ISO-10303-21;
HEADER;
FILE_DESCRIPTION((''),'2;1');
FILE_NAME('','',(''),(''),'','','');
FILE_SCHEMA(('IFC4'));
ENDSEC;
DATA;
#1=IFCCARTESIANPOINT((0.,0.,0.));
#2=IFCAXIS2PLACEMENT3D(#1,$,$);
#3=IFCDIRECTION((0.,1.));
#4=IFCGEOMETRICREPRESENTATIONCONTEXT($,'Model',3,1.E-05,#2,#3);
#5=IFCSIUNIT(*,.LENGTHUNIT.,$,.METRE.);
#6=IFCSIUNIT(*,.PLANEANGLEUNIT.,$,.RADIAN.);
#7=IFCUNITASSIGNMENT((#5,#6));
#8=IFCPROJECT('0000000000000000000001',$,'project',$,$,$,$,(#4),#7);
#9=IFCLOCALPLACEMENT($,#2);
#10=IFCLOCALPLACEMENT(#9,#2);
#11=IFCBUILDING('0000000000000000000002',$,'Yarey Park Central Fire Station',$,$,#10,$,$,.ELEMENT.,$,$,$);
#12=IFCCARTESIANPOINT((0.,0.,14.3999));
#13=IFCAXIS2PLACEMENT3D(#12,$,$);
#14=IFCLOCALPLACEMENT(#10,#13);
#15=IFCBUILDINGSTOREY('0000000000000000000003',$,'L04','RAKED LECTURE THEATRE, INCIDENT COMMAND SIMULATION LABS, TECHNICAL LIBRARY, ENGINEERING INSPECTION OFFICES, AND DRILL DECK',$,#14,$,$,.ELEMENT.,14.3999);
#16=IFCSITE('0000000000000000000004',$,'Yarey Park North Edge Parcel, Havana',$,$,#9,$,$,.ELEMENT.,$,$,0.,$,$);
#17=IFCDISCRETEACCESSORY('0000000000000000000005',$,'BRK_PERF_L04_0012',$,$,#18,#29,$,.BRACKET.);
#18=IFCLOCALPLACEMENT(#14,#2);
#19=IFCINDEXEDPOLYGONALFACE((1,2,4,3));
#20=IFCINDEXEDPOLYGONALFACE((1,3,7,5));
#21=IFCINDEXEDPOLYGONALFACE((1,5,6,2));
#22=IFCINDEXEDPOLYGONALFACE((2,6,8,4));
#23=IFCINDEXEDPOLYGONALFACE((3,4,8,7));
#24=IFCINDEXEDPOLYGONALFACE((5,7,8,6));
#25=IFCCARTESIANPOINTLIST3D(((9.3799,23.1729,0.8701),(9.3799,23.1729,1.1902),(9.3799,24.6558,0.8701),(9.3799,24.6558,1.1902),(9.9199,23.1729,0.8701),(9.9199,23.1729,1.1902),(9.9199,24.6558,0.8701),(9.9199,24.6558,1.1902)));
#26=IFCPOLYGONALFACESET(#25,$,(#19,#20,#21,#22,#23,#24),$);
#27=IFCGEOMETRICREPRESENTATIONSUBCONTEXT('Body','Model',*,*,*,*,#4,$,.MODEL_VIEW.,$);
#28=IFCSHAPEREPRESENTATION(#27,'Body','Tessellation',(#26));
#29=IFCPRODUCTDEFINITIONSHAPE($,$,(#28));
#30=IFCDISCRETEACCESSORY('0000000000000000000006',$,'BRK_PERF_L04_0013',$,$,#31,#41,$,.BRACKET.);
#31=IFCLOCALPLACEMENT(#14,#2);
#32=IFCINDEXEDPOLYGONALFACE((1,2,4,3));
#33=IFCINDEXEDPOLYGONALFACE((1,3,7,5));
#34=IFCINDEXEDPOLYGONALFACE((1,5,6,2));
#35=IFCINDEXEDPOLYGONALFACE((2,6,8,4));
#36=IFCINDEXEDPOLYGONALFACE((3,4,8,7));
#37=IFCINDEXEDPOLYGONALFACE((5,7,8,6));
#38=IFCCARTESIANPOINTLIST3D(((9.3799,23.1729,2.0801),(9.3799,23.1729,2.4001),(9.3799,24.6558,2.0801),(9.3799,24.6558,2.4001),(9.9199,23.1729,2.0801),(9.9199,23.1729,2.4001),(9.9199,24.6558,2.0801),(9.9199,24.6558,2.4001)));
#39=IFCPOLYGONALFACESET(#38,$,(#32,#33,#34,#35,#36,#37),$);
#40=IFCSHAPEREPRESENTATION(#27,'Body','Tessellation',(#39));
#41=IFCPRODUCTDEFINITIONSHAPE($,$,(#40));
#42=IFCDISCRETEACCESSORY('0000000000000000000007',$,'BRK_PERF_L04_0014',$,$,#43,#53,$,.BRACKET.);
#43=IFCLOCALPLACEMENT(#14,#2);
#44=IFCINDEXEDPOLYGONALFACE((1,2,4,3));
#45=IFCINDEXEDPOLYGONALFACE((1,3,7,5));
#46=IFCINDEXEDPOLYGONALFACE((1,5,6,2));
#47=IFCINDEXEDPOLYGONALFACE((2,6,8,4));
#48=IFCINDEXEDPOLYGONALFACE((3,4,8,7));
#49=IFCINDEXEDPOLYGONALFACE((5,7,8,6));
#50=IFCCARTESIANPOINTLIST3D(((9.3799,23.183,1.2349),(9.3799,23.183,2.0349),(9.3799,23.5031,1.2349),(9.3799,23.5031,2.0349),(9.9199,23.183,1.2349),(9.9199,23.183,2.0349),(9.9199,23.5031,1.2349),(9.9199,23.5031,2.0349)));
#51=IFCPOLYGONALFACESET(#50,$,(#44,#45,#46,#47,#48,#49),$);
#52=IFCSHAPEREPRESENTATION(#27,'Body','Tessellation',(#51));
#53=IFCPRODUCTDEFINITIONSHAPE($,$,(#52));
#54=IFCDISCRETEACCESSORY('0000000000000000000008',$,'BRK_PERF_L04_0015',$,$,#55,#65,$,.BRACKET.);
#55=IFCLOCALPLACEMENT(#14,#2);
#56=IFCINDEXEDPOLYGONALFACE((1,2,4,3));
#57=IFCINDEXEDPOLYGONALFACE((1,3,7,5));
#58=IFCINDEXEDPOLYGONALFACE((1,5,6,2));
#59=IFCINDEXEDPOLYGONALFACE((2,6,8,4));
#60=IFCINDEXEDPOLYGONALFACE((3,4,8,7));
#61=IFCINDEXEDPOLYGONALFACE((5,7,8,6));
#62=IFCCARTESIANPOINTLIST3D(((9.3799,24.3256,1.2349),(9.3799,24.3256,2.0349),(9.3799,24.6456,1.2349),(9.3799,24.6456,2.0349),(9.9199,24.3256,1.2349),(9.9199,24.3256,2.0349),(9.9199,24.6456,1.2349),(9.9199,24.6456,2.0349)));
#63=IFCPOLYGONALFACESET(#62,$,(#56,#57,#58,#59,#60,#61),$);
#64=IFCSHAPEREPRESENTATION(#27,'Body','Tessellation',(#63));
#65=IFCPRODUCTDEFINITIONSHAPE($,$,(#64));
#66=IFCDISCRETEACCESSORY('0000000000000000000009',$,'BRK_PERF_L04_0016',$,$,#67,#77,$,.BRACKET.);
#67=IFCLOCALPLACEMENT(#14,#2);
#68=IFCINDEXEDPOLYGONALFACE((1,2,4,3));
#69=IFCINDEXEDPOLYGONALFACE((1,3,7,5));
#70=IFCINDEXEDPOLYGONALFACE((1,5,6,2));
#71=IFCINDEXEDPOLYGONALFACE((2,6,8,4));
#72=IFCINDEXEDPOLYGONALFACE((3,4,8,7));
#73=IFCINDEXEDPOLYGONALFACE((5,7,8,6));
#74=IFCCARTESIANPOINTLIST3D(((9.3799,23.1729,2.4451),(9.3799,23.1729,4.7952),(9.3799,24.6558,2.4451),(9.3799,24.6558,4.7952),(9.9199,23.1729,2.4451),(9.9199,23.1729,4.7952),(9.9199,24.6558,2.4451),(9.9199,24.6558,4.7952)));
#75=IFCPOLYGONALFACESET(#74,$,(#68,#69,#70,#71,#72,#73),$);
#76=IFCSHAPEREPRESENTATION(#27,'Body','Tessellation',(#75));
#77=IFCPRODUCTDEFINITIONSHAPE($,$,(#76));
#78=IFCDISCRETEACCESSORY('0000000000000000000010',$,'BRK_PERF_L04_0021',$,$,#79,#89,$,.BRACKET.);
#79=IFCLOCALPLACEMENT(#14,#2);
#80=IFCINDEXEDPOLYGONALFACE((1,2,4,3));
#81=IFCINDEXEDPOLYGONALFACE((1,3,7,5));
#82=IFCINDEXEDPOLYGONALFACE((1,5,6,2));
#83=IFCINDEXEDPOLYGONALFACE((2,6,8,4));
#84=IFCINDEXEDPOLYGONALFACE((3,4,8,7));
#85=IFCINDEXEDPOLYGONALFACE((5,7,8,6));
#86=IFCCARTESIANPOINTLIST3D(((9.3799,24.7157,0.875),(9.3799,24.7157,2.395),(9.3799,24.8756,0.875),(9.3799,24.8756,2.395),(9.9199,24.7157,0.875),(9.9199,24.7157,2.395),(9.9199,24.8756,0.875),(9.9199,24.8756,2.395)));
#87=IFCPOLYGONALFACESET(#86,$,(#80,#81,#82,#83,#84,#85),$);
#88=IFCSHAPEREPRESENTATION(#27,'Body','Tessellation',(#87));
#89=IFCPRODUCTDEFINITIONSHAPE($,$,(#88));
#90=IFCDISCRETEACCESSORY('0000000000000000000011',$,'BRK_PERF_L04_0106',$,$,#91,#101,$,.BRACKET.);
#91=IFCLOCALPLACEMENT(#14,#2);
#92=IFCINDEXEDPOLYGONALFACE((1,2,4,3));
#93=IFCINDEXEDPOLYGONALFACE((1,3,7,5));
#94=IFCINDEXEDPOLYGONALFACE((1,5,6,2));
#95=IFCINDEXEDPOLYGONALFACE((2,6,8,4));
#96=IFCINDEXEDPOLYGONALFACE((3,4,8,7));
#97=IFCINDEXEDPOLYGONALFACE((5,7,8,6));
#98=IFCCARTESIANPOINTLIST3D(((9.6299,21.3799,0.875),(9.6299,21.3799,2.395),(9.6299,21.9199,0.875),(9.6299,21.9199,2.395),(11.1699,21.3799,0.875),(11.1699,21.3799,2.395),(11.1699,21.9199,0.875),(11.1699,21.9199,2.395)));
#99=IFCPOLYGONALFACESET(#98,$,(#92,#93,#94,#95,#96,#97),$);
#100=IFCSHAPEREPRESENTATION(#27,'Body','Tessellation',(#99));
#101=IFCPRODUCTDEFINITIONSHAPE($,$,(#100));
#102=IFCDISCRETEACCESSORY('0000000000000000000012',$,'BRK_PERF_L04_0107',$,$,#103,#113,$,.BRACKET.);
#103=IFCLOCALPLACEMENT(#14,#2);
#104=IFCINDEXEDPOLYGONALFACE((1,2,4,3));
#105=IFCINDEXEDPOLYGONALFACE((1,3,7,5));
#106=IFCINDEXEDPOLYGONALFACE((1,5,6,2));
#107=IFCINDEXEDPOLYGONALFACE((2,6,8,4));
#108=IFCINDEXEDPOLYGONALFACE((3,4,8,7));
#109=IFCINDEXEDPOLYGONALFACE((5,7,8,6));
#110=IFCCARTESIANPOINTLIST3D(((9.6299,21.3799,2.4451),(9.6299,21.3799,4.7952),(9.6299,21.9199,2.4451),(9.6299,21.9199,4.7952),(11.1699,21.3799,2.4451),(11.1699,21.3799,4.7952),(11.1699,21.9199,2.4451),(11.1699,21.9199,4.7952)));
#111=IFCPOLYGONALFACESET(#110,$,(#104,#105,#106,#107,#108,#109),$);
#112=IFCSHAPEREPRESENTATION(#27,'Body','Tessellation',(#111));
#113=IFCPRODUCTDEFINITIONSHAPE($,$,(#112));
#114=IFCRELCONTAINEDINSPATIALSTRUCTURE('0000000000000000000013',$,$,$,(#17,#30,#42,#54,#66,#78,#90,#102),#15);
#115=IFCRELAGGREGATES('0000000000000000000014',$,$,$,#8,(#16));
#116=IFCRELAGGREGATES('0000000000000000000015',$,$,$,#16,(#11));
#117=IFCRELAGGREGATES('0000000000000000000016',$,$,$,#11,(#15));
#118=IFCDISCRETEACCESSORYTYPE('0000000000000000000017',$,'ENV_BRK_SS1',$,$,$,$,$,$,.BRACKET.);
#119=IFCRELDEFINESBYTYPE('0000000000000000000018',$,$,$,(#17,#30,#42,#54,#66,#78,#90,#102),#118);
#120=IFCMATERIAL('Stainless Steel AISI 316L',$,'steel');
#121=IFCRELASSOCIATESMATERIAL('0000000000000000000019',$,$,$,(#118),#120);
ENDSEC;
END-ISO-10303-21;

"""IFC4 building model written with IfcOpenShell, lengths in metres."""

from ifc_helpers import new_model, si_unit, direction, frame, origin, origin_2d, place, context, subcontext, project, spatial, rectangle, extrude, material, type_object, element, save


model = new_model("IFC4")

# Units and contexts
model_context = context("Model", 3, precision=1e-05, world=origin(), true_north=direction((0.0, 1.0)))
body_context = subcontext(model_context, "Body", "Model", "MODEL_VIEW")
ifc_project = project(units=[si_unit("LENGTHUNIT", "METRE"), si_unit("PLANEANGLEUNIT", "RADIAN")], contexts=[model_context])

# Site, building, storey
site_placement = place(None, origin())
site = spatial("IfcSite", under=ifc_project, at=site_placement, Name="Yarey Park North Edge Parcel, Havana", CompositionType="ELEMENT", RefElevation=0.0)
building_placement = place(site_placement, origin())
building = spatial("IfcBuilding", under=site, at=building_placement, Name="Yarey Park Central Fire Station", CompositionType="ELEMENT")
storey_placement = place(building_placement, frame((0.0, 0.0, 14.3999)))
storey = spatial("IfcBuildingStorey", under=building, at=storey_placement, Name="L04", Description="RAKED LECTURE THEATRE, INCIDENT COMMAND SIMULATION LABS, TECHNICAL LIBRARY, ENGINEERING INSPECTION OFFICES, AND DRILL DECK", CompositionType="ELEMENT", Elevation=14.3999)

# Discrete accessories
ifc_material_1 = material(Name="Stainless Steel AISI 316L", Category="steel")
discrete_accessory_type = type_object("IfcDiscreteAccessoryType", Name="ENV_BRK_SS1", PredefinedType="BRACKET", material=ifc_material_1)
for number, where, z_axis, x_axis, name in (
    (1, (9.6499, 23.9143, 0.8701), (0.0, 0.0, 1.0), (1.0, 0.0, 0.0), "BRK_PERF_L04_0012"),
    (2, (9.6499, 23.9143, 2.0801), (0.0, 0.0, 1.0), (1.0, 0.0, 0.0), "BRK_PERF_L04_0013"),
):
    element("IfcDiscreteAccessory", number, at=place(storey_placement, frame(where, z_axis=z_axis, x_axis=x_axis)), inside=storey, type_object=discrete_accessory_type, Name=name, PredefinedType="BRACKET", context=body_context, shape_type="SweptSolid", body=[
        extrude(rectangle(XDim=0.54, YDim=1.4829, at=origin_2d()), origin(), (0.0, 0.0, 1.0), 0.3201),
    ])
for number, where, z_axis, x_axis, name in (
    (3, (9.6499, 23.343, 1.2349), (0.0, 0.0, 1.0), (1.0, 0.0, 0.0), "BRK_PERF_L04_0014"),
    (4, (9.6499, 24.4856, 1.2349), (0.0, 0.0, 1.0), (1.0, 0.0, 0.0), "BRK_PERF_L04_0015"),
):
    element("IfcDiscreteAccessory", number, at=place(storey_placement, frame(where, z_axis=z_axis, x_axis=x_axis)), inside=storey, type_object=discrete_accessory_type, Name=name, PredefinedType="BRACKET", context=body_context, shape_type="SweptSolid", body=[
        extrude(rectangle(XDim=0.54, YDim=0.3201, at=origin_2d()), origin(), (0.0, 0.0, 1.0), 0.8),
    ])
discrete_accessory_1_placement = place(storey_placement, frame((9.6499, 23.9143, 2.4451), z_axis=(0.0, 0.0, 1.0), x_axis=(1.0, 0.0, 0.0)))
element("IfcDiscreteAccessory", 5, at=discrete_accessory_1_placement, inside=storey, type_object=discrete_accessory_type, Name="BRK_PERF_L04_0016", PredefinedType="BRACKET", context=body_context, shape_type="SweptSolid", body=[
    extrude(rectangle(XDim=0.54, YDim=1.4829, at=origin_2d()), origin(), (0.0, 0.0, 1.0), 2.3501),
])
discrete_accessory_2_placement = place(storey_placement, frame((9.6499, 24.7957, 0.875), z_axis=(0.0, 0.0, 1.0), x_axis=(1.0, 0.0, 0.0)))
element("IfcDiscreteAccessory", 6, at=discrete_accessory_2_placement, inside=storey, type_object=discrete_accessory_type, Name="BRK_PERF_L04_0021", PredefinedType="BRACKET", context=body_context, shape_type="SweptSolid", body=[
    extrude(rectangle(XDim=0.54, YDim=0.1599, at=origin_2d()), origin(), (0.0, 0.0, 1.0), 1.52),
])
discrete_accessory_3_placement = place(storey_placement, frame((10.3999, 21.6499, 0.875), z_axis=(0.0, 0.0, 1.0), x_axis=(1.0, 0.0, 0.0)))
element("IfcDiscreteAccessory", 7, at=discrete_accessory_3_placement, inside=storey, type_object=discrete_accessory_type, Name="BRK_PERF_L04_0106", PredefinedType="BRACKET", context=body_context, shape_type="SweptSolid", body=[
    extrude(rectangle(XDim=1.54, YDim=0.54, at=origin_2d()), origin(), (0.0, 0.0, 1.0), 1.52),
])
discrete_accessory_4_placement = place(storey_placement, frame((10.3999, 21.6499, 2.4451), z_axis=(0.0, 0.0, 1.0), x_axis=(1.0, 0.0, 0.0)))
element("IfcDiscreteAccessory", 8, at=discrete_accessory_4_placement, inside=storey, type_object=discrete_accessory_type, Name="BRK_PERF_L04_0107", PredefinedType="BRACKET", context=body_context, shape_type="SweptSolid", body=[
    extrude(rectangle(XDim=1.54, YDim=0.54, at=origin_2d()), origin(), (0.0, 0.0, 1.0), 2.3501),
])

save(model, "model.ifc")
